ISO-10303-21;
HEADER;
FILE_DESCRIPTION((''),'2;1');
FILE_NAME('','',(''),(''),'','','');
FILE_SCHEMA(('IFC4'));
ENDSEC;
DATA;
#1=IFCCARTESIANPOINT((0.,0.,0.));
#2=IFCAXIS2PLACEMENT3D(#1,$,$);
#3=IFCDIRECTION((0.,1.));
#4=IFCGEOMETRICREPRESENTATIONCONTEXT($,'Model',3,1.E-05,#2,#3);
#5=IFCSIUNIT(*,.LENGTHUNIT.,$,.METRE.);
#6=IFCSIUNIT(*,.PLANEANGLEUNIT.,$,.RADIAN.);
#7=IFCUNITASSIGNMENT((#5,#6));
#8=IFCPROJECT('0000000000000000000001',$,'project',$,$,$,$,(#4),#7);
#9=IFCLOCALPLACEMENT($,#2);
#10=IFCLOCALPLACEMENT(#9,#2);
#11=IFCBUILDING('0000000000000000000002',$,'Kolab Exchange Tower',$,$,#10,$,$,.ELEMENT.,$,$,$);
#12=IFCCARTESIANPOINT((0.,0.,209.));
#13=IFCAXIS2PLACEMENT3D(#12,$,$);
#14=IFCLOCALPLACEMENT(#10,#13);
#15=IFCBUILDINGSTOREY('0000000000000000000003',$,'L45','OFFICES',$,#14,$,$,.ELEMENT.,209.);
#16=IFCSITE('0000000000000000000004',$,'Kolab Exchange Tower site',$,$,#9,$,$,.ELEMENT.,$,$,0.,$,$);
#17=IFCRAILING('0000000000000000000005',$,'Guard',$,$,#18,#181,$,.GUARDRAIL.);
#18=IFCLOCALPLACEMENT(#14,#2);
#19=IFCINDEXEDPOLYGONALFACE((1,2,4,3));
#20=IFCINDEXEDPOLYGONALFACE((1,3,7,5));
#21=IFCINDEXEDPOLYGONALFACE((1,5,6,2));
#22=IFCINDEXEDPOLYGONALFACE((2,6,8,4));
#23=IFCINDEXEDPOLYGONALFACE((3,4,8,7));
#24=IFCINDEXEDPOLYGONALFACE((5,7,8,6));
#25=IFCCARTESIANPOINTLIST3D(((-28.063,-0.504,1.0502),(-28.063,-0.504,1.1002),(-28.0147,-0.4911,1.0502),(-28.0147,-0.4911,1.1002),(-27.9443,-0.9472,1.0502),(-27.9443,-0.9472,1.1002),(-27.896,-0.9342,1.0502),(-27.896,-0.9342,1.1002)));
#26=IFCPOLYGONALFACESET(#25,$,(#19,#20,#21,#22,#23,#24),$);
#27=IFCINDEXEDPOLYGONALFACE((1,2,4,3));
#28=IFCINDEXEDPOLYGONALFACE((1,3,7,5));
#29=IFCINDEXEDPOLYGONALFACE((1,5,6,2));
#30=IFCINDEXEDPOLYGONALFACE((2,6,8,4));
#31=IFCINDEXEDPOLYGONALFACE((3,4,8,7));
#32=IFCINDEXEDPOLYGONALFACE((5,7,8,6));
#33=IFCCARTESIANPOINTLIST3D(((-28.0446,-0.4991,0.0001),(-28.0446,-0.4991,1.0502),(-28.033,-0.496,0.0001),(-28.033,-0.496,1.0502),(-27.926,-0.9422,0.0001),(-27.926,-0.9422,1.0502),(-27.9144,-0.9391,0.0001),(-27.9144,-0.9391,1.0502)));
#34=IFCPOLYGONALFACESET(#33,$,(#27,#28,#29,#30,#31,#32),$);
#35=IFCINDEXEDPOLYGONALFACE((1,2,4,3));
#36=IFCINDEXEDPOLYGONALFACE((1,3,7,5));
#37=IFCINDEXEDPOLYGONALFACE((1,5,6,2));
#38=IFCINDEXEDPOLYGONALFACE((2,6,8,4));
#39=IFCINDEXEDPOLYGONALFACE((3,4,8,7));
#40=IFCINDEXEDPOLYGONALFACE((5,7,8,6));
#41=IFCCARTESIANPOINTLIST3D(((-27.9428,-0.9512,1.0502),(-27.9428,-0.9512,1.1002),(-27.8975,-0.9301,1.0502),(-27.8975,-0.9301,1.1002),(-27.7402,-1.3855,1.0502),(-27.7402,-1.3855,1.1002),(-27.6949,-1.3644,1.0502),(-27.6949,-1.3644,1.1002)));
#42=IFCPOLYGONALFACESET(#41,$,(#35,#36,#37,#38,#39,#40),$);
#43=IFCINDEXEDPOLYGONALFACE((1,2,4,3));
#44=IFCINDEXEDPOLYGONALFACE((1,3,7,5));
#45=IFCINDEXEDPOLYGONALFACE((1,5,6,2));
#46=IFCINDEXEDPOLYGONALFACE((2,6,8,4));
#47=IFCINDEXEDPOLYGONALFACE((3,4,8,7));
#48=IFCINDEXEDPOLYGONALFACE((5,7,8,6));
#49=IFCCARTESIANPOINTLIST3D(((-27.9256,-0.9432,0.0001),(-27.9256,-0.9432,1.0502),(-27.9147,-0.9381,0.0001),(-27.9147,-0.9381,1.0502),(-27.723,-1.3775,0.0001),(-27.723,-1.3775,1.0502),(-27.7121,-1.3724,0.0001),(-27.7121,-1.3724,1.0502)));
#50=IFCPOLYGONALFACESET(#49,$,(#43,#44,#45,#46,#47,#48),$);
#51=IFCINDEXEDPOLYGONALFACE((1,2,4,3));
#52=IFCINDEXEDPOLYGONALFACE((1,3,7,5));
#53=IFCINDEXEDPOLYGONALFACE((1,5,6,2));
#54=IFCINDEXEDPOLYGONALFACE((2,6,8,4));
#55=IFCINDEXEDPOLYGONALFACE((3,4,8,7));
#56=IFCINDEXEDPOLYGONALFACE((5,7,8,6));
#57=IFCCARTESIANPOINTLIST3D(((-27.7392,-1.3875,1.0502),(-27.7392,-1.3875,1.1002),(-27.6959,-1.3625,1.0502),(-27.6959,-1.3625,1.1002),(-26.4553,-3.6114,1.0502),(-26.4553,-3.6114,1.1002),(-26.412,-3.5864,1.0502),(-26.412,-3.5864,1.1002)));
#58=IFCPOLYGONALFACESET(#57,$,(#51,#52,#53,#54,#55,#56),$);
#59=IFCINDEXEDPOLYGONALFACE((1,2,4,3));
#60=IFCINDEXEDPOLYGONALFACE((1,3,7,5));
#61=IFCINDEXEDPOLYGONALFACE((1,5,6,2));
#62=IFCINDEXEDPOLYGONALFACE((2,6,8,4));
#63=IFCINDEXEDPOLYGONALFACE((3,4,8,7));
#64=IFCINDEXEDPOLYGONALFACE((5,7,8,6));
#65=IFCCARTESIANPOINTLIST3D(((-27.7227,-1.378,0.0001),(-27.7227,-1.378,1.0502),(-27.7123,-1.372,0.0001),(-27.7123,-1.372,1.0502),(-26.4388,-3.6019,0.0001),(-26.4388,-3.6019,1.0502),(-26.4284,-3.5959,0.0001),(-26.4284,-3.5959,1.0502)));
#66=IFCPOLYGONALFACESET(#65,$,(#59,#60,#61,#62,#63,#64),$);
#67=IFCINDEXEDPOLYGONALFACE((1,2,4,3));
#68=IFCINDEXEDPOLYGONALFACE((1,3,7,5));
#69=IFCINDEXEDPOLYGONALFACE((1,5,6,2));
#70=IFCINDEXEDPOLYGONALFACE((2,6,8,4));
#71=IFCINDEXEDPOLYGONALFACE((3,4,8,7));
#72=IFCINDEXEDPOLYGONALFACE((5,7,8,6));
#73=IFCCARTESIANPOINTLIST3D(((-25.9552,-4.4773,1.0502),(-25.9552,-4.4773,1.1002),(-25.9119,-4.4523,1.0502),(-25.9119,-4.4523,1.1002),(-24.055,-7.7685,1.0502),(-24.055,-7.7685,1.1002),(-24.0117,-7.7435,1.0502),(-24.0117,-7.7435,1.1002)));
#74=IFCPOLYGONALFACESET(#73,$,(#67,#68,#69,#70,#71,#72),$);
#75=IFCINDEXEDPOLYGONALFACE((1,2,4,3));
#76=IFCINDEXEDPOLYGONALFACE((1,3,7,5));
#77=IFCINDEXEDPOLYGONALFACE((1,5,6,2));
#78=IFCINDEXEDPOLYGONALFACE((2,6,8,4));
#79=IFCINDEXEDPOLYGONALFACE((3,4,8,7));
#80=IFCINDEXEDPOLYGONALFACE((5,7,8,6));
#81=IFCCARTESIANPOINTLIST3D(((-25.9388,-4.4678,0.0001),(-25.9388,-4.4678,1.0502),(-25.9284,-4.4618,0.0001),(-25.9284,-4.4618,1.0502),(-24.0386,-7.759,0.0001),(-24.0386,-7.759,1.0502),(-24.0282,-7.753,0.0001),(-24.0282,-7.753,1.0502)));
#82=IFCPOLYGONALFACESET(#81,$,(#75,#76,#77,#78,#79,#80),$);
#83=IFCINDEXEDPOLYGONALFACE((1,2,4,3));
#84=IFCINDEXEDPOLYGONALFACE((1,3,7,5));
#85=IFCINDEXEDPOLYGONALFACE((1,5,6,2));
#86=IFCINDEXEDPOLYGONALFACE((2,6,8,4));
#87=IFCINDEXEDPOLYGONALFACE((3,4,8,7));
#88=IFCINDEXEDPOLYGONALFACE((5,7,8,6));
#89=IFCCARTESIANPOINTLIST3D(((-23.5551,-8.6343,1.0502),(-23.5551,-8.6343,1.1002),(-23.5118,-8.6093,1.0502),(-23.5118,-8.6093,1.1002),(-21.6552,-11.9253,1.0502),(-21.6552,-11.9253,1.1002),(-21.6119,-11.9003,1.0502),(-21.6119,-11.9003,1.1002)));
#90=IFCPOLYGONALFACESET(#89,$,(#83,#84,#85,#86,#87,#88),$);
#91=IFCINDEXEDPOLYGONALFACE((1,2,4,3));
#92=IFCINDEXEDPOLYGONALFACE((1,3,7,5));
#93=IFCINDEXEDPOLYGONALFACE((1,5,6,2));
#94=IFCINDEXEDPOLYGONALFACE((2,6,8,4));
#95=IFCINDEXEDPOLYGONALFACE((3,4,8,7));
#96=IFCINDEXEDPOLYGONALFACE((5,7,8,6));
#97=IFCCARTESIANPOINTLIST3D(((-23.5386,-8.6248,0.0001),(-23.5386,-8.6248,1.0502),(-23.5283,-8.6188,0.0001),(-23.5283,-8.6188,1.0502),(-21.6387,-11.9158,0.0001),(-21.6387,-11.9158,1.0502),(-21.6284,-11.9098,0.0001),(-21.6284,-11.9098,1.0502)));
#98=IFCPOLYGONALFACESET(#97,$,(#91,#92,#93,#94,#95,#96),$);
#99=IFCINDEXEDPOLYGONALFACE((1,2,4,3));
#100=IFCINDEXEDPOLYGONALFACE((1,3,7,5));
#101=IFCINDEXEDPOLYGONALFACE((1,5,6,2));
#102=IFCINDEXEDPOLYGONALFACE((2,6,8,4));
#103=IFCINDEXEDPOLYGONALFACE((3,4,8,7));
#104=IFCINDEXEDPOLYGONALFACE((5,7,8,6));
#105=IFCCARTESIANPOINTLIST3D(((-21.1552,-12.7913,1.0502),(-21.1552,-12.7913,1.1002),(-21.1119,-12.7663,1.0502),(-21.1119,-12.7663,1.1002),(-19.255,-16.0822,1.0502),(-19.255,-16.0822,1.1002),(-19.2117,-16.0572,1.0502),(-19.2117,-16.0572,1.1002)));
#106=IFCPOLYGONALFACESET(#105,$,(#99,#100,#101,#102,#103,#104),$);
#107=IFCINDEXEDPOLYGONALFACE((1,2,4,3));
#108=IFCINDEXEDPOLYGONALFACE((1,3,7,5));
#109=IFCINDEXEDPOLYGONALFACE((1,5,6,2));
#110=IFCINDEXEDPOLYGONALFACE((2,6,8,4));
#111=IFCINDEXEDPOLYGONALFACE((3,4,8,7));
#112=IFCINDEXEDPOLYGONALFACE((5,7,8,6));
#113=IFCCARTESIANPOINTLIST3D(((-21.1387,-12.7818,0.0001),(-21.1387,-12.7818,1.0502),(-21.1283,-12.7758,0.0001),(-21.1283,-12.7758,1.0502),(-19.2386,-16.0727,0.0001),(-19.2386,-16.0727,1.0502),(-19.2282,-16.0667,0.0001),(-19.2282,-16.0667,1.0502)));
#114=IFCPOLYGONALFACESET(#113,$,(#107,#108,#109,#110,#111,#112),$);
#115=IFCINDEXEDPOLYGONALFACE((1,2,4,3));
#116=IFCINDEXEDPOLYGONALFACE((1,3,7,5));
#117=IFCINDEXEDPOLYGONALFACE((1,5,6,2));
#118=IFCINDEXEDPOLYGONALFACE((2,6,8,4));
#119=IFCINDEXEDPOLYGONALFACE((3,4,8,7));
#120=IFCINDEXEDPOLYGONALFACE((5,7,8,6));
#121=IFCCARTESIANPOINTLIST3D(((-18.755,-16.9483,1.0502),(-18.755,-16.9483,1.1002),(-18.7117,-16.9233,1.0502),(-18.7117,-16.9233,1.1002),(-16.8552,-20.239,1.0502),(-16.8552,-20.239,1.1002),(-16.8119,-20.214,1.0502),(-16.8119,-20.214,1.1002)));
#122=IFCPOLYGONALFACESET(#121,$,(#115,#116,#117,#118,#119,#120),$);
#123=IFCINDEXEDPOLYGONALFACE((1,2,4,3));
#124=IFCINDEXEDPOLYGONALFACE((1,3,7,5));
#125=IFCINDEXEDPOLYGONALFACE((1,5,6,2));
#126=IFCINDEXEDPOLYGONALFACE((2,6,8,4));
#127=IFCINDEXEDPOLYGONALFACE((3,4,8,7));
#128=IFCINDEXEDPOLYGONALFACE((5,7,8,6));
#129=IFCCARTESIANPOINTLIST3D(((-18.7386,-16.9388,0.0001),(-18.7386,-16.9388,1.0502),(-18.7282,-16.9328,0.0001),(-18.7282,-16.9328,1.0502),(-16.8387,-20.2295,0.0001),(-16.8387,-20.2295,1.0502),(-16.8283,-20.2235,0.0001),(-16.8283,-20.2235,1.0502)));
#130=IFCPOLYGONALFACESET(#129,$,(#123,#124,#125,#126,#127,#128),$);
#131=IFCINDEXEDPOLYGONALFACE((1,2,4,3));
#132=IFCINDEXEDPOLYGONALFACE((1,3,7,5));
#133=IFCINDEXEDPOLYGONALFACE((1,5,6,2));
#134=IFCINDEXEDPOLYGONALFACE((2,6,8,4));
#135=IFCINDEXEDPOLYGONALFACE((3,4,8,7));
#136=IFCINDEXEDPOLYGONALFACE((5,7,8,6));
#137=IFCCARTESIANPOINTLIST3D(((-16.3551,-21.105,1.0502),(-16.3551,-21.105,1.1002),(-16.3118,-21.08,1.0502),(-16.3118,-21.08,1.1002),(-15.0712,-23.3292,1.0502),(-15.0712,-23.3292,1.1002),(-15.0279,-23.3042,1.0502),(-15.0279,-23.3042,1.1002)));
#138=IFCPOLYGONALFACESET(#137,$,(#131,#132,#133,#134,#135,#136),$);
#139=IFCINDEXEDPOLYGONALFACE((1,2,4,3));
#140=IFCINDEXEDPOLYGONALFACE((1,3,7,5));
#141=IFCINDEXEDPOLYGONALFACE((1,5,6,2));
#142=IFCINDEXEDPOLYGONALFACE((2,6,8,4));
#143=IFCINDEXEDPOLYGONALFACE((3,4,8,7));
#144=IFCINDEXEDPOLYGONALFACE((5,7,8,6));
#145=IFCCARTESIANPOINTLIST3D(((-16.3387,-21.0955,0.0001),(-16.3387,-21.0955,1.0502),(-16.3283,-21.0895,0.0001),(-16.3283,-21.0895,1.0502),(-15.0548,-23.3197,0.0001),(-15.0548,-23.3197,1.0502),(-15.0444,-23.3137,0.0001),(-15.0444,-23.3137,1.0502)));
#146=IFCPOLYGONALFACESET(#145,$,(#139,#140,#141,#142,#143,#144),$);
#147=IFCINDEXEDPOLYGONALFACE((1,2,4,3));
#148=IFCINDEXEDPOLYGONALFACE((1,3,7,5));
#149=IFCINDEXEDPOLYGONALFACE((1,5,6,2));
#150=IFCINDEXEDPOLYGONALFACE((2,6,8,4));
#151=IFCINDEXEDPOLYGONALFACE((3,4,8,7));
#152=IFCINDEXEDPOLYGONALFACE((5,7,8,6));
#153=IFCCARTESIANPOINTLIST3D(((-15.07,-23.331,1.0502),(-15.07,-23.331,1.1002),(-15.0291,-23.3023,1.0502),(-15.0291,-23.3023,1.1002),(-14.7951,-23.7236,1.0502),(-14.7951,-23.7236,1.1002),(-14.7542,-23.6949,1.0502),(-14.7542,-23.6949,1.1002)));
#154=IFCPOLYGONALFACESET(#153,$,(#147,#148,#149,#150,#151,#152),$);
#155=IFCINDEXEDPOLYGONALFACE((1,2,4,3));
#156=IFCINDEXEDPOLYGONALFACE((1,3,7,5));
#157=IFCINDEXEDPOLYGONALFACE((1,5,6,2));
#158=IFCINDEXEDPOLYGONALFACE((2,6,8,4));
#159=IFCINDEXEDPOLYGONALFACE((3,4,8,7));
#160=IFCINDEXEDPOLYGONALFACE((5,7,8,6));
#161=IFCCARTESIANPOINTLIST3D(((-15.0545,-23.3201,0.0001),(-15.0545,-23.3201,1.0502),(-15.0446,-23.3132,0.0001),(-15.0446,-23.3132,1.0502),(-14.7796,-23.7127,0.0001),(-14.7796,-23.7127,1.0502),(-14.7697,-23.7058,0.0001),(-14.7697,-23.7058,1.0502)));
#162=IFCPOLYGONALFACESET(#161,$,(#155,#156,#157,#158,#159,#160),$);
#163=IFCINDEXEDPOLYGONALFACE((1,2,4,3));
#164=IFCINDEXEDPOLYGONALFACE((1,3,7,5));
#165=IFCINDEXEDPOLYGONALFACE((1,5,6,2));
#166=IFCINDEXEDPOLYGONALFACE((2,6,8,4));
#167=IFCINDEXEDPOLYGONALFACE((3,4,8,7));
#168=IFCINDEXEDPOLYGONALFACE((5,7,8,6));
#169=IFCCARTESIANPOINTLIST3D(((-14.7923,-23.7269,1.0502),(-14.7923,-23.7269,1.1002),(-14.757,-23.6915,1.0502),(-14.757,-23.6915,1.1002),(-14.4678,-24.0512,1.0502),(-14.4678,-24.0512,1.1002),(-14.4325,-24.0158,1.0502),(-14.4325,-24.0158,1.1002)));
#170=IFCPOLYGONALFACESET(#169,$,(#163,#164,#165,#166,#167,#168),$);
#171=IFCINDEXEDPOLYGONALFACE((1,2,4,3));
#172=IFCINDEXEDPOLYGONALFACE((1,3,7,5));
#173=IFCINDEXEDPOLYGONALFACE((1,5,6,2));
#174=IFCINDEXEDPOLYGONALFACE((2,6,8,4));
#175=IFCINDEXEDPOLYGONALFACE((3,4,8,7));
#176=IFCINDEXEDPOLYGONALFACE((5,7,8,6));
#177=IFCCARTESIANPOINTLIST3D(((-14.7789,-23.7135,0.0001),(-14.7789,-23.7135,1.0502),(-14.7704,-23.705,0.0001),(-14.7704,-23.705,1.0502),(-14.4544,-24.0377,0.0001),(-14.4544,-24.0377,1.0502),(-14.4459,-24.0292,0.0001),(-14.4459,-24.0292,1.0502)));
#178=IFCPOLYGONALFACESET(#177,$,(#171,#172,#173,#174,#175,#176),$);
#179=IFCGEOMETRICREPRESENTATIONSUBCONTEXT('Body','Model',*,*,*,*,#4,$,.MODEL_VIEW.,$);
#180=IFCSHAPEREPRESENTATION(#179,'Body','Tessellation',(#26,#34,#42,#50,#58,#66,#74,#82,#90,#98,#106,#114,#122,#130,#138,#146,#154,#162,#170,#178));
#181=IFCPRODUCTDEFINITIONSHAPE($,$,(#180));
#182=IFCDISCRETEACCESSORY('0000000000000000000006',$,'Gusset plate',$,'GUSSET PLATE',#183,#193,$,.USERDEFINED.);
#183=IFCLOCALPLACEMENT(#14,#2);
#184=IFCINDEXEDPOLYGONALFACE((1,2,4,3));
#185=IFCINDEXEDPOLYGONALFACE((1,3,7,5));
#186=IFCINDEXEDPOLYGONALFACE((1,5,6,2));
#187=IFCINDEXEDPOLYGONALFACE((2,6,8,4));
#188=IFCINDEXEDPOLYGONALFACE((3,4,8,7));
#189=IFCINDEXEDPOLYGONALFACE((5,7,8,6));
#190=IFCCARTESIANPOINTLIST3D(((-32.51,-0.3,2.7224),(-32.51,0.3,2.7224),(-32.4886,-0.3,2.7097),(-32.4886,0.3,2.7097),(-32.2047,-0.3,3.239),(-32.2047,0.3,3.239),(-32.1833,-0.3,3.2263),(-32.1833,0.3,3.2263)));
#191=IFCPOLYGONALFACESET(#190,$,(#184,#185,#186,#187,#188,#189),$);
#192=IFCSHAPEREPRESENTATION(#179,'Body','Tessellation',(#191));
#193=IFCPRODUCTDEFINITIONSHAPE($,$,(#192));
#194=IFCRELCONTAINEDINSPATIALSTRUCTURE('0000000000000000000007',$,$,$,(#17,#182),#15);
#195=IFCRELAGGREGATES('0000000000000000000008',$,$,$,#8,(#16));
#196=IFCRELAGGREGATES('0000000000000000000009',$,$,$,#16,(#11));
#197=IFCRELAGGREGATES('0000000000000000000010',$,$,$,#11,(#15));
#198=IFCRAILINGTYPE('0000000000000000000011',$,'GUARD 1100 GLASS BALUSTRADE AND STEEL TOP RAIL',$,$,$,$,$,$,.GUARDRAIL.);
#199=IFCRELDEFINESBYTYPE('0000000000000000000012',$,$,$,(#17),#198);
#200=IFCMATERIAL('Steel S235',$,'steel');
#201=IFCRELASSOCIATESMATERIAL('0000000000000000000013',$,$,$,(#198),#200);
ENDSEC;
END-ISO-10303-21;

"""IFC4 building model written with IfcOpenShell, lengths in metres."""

from ifc_helpers import new_model, si_unit, direction, frame, frame_2d, origin, origin_2d, place, context, subcontext, project, spatial, rectangle, extrude, material, type_object, element, save


model = new_model("IFC4")

# Units and contexts
model_context = context("Model", 3, precision=1e-05, world=origin(), true_north=direction((0.0, 1.0)))
body_context = subcontext(model_context, "Body", "Model", "MODEL_VIEW")
ifc_project = project(units=[si_unit("LENGTHUNIT", "METRE"), si_unit("PLANEANGLEUNIT", "RADIAN")], contexts=[model_context])

# Site, building, storey
site_placement = place(None, origin())
site = spatial("IfcSite", under=ifc_project, at=site_placement, Name="Kolab Exchange Tower site", CompositionType="ELEMENT", RefElevation=0.0)
building_placement = place(site_placement, origin())
building = spatial("IfcBuilding", under=site, at=building_placement, Name="Kolab Exchange Tower", CompositionType="ELEMENT")
storey_placement = place(building_placement, frame((0.0, 0.0, 209.0)))
storey = spatial("IfcBuildingStorey", under=building, at=storey_placement, Name="L45", Description="OFFICES", CompositionType="ELEMENT", Elevation=209.0)

# Railing
ifc_material_1 = material(Name="Steel S235", Category="steel")
railing_type = type_object("IfcRailingType", Name="GUARD 1100 GLASS BALUSTRADE AND STEEL TOP RAIL", PredefinedType="GUARDRAIL", material=ifc_material_1)
railing_placement = place(storey_placement, frame((-28.0388, -0.4976, 0.0)))
element("IfcRailing", 1, at=railing_placement, inside=storey, type_object=railing_type, Name="Guard", PredefinedType="GUARDRAIL", context=body_context, shape_type="SweptSolid", body=[
    extrude(rectangle(XDim=0.05, YDim=0.05, at=origin_2d()), frame((0.0, 0.0, 1.0752), z_axis=(0.258656, -0.965969, 0.0), x_axis=(0.965969, 0.258656, 0.0)), (0.0, 0.0, 1.0), 0.4587),
    extrude(rectangle(XDim=0.012, YDim=1.0501, at=frame_2d((0.0, 0.5251))), frame((0.0, 0.0, 0.0), z_axis=(0.258656, -0.965969, 0.0), x_axis=(0.965969, 0.258656, 0.0)), (0.0, 0.0, 1.0), 0.4587),
    extrude(rectangle(XDim=0.05, YDim=0.05, at=origin_2d()), frame((0.1187, -0.4431, 1.0752), z_axis=(0.422802, -0.906222, 0.0), x_axis=(0.906222, 0.422802, 0.0)), (0.0, 0.0, 1.0), 0.4792),
    extrude(rectangle(XDim=0.012, YDim=1.0501, at=frame_2d((0.0, 0.5251))), frame((0.1187, -0.4431, 0.0), z_axis=(0.422802, -0.906222, 0.0), x_axis=(0.906222, 0.422802, 0.0)), (0.0, 0.0, 1.0), 0.4792),
    extrude(rectangle(XDim=0.05, YDim=0.05, at=origin_2d()), frame((0.3213, -0.8774, 1.0752), z_axis=(0.499994, -0.866029, 0.0), x_axis=(0.866029, 0.499994, 0.0)), (0.0, 0.0, 1.0), 2.5679),
    extrude(rectangle(XDim=0.012, YDim=1.0501, at=frame_2d((0.0, 0.5251))), frame((0.3213, -0.8774, 0.0), z_axis=(0.499994, -0.866029, 0.0), x_axis=(0.866029, 0.499994, 0.0)), (0.0, 0.0, 1.0), 2.5679),
    extrude(rectangle(XDim=0.05, YDim=0.05, at=origin_2d()), frame((2.1052, -3.9673, 1.0752), z_axis=(0.500015, -0.866017, 0.0), x_axis=(0.866017, 0.500015, 0.0)), (0.0, 0.0, 1.0), 3.8003),
    extrude(rectangle(XDim=0.012, YDim=1.0501, at=frame_2d((0.0, 0.5251))), frame((2.1052, -3.9673, 0.0), z_axis=(0.500015, -0.866017, 0.0), x_axis=(0.866017, 0.500015, 0.0)), (0.0, 0.0, 1.0), 3.8003),
    extrude(rectangle(XDim=0.05, YDim=0.05, at=origin_2d()), frame((4.5054, -8.1243, 1.0752), z_axis=(0.499967, -0.866044, 0.0), x_axis=(0.866044, 0.499967, 0.0)), (0.0, 0.0, 1.0), 3.8),
    extrude(rectangle(XDim=0.012, YDim=1.0501, at=frame_2d((0.0, 0.5251))), frame((4.5054, -8.1243, 0.0), z_axis=(0.499967, -0.866044, 0.0), x_axis=(0.866044, 0.499967, 0.0)), (0.0, 0.0, 1.0), 3.8),
    extrude(rectangle(XDim=0.05, YDim=0.05, at=origin_2d()), frame((6.9053, -12.2812, 1.0752), z_axis=(0.500043, -0.866, 0.0), x_axis=(0.866, 0.500043, 0.0)), (0.0, 0.0, 1.0), 3.8),
    extrude(rectangle(XDim=0.012, YDim=1.0501, at=frame_2d((0.0, 0.5251))), frame((6.9053, -12.2812, 0.0), z_axis=(0.500043, -0.866, 0.0), x_axis=(0.866, 0.500043, 0.0)), (0.0, 0.0, 1.0), 3.8),
    extrude(rectangle(XDim=0.05, YDim=0.05, at=origin_2d()), frame((9.3054, -16.4382, 1.0752), z_axis=(0.499995, -0.866028, 0.0), x_axis=(0.866028, 0.499995, 0.0)), (0.0, 0.0, 1.0), 3.7998),
    extrude(rectangle(XDim=0.012, YDim=1.0501, at=frame_2d((0.0, 0.5251))), frame((9.3054, -16.4382, 0.0), z_axis=(0.499995, -0.866028, 0.0), x_axis=(0.866028, 0.499995, 0.0)), (0.0, 0.0, 1.0), 3.7998),
    extrude(rectangle(XDim=0.05, YDim=0.05, at=origin_2d()), frame((11.7053, -20.595, 1.0752), z_axis=(0.499953, -0.866053, 0.0), x_axis=(0.866053, 0.499953, 0.0)), (0.0, 0.0, 1.0), 2.5681),
    extrude(rectangle(XDim=0.012, YDim=1.0501, at=frame_2d((0.0, 0.5251))), frame((11.7053, -20.595, 0.0), z_axis=(0.499953, -0.866053, 0.0), x_axis=(0.866053, 0.499953, 0.0)), (0.0, 0.0, 1.0), 2.5681),
    extrude(rectangle(XDim=0.05, YDim=0.05, at=origin_2d()), frame((12.9893, -22.8191, 1.0752), z_axis=(0.573599, -0.819136, 0.0), x_axis=(0.819136, 0.573599, 0.0)), (0.0, 0.0, 1.0), 0.4792),
    extrude(rectangle(XDim=0.012, YDim=1.0501, at=frame_2d((0.0, 0.5251))), frame((12.9893, -22.8191, 0.0), z_axis=(0.573599, -0.819136, 0.0), x_axis=(0.819136, 0.573599, 0.0)), (0.0, 0.0, 1.0), 0.4792),
    extrude(rectangle(XDim=0.05, YDim=0.05, at=origin_2d()), frame((13.2642, -23.2117, 1.0752), z_axis=(0.707373, -0.706841, 0.0), x_axis=(0.706841, 0.707373, 0.0)), (0.0, 0.0, 1.0), 0.4587),
    extrude(rectangle(XDim=0.012, YDim=1.0501, at=frame_2d((0.0, 0.5251))), frame((13.2642, -23.2117, 0.0), z_axis=(0.707373, -0.706841, 0.0), x_axis=(0.706841, 0.707373, 0.0)), (0.0, 0.0, 1.0), 0.4587),
])

# Discrete accessory
discrete_accessory_placement = place(storey_placement, frame((-32.3359, 0.0, 2.968), z_axis=(-0.860927, 0.0, 0.508729), x_axis=(0.0, -1.0, 0.0)))
element("IfcDiscreteAccessory", 2, at=discrete_accessory_placement, inside=storey, Name="Gusset plate", ObjectType="GUSSET PLATE", PredefinedType="USERDEFINED", context=body_context, shape_type="SweptSolid", body=[
    extrude(rectangle(XDim=0.6001, YDim=0.6001, at=origin_2d()), origin(), (0.0, 0.0, 1.0), 0.0249),
])

save(model, "model.ifc")
